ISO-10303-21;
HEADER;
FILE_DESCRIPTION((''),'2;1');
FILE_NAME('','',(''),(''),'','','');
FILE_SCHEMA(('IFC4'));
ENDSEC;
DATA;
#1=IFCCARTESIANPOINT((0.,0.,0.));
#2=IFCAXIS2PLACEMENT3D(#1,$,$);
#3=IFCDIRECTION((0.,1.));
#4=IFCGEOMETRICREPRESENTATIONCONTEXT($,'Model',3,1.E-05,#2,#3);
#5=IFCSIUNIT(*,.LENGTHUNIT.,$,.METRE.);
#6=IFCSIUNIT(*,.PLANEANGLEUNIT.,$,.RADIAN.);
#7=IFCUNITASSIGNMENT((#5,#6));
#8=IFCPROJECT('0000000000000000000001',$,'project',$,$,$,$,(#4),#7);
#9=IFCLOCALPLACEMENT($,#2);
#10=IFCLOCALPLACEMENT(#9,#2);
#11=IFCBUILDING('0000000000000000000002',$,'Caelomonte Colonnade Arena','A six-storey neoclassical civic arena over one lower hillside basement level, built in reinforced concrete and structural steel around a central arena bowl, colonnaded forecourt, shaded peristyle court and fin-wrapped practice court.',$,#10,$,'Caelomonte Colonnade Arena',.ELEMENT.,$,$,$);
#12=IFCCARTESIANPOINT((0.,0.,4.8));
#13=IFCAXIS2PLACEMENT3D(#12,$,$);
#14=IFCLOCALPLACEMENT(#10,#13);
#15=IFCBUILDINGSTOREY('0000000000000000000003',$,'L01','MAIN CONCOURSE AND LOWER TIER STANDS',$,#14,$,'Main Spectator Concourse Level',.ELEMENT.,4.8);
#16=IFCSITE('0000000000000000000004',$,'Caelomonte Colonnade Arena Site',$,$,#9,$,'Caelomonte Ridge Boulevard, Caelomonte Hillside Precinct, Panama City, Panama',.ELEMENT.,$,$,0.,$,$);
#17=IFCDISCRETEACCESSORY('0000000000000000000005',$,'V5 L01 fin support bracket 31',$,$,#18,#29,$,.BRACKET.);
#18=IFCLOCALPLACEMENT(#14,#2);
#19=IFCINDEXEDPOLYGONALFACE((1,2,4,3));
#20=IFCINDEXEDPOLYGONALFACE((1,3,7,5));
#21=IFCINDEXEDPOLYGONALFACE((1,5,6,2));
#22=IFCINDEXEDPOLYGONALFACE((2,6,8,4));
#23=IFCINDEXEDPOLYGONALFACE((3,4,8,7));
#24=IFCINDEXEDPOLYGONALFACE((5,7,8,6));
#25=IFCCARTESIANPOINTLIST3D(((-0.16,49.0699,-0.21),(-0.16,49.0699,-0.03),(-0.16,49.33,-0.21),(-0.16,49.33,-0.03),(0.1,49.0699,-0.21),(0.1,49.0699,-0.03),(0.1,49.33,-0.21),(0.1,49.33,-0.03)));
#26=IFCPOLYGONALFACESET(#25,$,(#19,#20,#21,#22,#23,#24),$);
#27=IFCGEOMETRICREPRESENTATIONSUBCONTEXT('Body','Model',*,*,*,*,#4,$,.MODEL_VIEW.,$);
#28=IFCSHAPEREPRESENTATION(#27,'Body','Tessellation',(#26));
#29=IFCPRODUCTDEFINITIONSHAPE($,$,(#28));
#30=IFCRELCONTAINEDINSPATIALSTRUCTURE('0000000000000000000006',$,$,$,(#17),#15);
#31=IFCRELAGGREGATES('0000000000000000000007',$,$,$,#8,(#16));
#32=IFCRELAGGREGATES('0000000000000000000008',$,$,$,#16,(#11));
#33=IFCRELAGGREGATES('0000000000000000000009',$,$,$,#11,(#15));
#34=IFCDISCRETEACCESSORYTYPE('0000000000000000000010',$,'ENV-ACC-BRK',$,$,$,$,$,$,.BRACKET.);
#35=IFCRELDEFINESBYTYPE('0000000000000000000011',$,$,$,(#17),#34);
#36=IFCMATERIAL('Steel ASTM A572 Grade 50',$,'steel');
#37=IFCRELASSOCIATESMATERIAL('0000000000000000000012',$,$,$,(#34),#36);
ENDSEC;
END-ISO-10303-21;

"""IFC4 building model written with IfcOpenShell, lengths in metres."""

from ifc_helpers import new_model, si_unit, direction, frame, origin, origin_2d, place, context, subcontext, project, spatial, rectangle, extrude, material, type_object, element, save


model = new_model("IFC4")

# Units and contexts
model_context = context("Model", 3, precision=1e-05, world=origin(), true_north=direction((0.0, 1.0)))
body_context = subcontext(model_context, "Body", "Model", "MODEL_VIEW")
ifc_project = project(units=[si_unit("LENGTHUNIT", "METRE"), si_unit("PLANEANGLEUNIT", "RADIAN")], contexts=[model_context])

# Site, building, storey
site_placement = place(None, origin())
site = spatial("IfcSite", under=ifc_project, at=site_placement, Name="Caelomonte Colonnade Arena Site", LongName="Caelomonte Ridge Boulevard, Caelomonte Hillside Precinct, Panama City, Panama", CompositionType="ELEMENT", RefElevation=0.0)
building_placement = place(site_placement, origin())
building = spatial("IfcBuilding", under=site, at=building_placement, Name="Caelomonte Colonnade Arena", Description="A six-storey neoclassical civic arena over one lower hillside basement level, built in reinforced concrete and structural steel around a central arena bowl, colonnaded forecourt, shaded peristyle court and fin-wrapped practice court.", LongName="Caelomonte Colonnade Arena", CompositionType="ELEMENT")
storey_placement = place(building_placement, frame((0.0, 0.0, 4.8)))
storey = spatial("IfcBuildingStorey", under=building, at=storey_placement, Name="L01", Description="MAIN CONCOURSE AND LOWER TIER STANDS", LongName="Main Spectator Concourse Level", CompositionType="ELEMENT", Elevation=4.8)

# Discrete accessory
ifc_material_1 = material(Name="Steel ASTM A572 Grade 50", Category="steel")
discrete_accessory_type = type_object("IfcDiscreteAccessoryType", Name="ENV-ACC-BRK", PredefinedType="BRACKET", material=ifc_material_1)
for number, where, z_axis, x_axis, name in (
    (1, (-0.03, 49.2, -0.21), (0.0, 0.0, 1.0), (0.0, -1.0, 0.0), "V5 L01 fin support bracket 31"),
):
    element("IfcDiscreteAccessory", number, at=place(storey_placement, frame(where, z_axis=z_axis, x_axis=x_axis)), inside=storey, type_object=discrete_accessory_type, Name=name, PredefinedType="BRACKET", context=body_context, shape_type="SweptSolid", body=[
        extrude(rectangle(XDim=0.26, YDim=0.26, at=origin_2d()), origin(), (0.0, 0.0, 1.0), 0.1799),
    ])

save(model, "model.ifc")
